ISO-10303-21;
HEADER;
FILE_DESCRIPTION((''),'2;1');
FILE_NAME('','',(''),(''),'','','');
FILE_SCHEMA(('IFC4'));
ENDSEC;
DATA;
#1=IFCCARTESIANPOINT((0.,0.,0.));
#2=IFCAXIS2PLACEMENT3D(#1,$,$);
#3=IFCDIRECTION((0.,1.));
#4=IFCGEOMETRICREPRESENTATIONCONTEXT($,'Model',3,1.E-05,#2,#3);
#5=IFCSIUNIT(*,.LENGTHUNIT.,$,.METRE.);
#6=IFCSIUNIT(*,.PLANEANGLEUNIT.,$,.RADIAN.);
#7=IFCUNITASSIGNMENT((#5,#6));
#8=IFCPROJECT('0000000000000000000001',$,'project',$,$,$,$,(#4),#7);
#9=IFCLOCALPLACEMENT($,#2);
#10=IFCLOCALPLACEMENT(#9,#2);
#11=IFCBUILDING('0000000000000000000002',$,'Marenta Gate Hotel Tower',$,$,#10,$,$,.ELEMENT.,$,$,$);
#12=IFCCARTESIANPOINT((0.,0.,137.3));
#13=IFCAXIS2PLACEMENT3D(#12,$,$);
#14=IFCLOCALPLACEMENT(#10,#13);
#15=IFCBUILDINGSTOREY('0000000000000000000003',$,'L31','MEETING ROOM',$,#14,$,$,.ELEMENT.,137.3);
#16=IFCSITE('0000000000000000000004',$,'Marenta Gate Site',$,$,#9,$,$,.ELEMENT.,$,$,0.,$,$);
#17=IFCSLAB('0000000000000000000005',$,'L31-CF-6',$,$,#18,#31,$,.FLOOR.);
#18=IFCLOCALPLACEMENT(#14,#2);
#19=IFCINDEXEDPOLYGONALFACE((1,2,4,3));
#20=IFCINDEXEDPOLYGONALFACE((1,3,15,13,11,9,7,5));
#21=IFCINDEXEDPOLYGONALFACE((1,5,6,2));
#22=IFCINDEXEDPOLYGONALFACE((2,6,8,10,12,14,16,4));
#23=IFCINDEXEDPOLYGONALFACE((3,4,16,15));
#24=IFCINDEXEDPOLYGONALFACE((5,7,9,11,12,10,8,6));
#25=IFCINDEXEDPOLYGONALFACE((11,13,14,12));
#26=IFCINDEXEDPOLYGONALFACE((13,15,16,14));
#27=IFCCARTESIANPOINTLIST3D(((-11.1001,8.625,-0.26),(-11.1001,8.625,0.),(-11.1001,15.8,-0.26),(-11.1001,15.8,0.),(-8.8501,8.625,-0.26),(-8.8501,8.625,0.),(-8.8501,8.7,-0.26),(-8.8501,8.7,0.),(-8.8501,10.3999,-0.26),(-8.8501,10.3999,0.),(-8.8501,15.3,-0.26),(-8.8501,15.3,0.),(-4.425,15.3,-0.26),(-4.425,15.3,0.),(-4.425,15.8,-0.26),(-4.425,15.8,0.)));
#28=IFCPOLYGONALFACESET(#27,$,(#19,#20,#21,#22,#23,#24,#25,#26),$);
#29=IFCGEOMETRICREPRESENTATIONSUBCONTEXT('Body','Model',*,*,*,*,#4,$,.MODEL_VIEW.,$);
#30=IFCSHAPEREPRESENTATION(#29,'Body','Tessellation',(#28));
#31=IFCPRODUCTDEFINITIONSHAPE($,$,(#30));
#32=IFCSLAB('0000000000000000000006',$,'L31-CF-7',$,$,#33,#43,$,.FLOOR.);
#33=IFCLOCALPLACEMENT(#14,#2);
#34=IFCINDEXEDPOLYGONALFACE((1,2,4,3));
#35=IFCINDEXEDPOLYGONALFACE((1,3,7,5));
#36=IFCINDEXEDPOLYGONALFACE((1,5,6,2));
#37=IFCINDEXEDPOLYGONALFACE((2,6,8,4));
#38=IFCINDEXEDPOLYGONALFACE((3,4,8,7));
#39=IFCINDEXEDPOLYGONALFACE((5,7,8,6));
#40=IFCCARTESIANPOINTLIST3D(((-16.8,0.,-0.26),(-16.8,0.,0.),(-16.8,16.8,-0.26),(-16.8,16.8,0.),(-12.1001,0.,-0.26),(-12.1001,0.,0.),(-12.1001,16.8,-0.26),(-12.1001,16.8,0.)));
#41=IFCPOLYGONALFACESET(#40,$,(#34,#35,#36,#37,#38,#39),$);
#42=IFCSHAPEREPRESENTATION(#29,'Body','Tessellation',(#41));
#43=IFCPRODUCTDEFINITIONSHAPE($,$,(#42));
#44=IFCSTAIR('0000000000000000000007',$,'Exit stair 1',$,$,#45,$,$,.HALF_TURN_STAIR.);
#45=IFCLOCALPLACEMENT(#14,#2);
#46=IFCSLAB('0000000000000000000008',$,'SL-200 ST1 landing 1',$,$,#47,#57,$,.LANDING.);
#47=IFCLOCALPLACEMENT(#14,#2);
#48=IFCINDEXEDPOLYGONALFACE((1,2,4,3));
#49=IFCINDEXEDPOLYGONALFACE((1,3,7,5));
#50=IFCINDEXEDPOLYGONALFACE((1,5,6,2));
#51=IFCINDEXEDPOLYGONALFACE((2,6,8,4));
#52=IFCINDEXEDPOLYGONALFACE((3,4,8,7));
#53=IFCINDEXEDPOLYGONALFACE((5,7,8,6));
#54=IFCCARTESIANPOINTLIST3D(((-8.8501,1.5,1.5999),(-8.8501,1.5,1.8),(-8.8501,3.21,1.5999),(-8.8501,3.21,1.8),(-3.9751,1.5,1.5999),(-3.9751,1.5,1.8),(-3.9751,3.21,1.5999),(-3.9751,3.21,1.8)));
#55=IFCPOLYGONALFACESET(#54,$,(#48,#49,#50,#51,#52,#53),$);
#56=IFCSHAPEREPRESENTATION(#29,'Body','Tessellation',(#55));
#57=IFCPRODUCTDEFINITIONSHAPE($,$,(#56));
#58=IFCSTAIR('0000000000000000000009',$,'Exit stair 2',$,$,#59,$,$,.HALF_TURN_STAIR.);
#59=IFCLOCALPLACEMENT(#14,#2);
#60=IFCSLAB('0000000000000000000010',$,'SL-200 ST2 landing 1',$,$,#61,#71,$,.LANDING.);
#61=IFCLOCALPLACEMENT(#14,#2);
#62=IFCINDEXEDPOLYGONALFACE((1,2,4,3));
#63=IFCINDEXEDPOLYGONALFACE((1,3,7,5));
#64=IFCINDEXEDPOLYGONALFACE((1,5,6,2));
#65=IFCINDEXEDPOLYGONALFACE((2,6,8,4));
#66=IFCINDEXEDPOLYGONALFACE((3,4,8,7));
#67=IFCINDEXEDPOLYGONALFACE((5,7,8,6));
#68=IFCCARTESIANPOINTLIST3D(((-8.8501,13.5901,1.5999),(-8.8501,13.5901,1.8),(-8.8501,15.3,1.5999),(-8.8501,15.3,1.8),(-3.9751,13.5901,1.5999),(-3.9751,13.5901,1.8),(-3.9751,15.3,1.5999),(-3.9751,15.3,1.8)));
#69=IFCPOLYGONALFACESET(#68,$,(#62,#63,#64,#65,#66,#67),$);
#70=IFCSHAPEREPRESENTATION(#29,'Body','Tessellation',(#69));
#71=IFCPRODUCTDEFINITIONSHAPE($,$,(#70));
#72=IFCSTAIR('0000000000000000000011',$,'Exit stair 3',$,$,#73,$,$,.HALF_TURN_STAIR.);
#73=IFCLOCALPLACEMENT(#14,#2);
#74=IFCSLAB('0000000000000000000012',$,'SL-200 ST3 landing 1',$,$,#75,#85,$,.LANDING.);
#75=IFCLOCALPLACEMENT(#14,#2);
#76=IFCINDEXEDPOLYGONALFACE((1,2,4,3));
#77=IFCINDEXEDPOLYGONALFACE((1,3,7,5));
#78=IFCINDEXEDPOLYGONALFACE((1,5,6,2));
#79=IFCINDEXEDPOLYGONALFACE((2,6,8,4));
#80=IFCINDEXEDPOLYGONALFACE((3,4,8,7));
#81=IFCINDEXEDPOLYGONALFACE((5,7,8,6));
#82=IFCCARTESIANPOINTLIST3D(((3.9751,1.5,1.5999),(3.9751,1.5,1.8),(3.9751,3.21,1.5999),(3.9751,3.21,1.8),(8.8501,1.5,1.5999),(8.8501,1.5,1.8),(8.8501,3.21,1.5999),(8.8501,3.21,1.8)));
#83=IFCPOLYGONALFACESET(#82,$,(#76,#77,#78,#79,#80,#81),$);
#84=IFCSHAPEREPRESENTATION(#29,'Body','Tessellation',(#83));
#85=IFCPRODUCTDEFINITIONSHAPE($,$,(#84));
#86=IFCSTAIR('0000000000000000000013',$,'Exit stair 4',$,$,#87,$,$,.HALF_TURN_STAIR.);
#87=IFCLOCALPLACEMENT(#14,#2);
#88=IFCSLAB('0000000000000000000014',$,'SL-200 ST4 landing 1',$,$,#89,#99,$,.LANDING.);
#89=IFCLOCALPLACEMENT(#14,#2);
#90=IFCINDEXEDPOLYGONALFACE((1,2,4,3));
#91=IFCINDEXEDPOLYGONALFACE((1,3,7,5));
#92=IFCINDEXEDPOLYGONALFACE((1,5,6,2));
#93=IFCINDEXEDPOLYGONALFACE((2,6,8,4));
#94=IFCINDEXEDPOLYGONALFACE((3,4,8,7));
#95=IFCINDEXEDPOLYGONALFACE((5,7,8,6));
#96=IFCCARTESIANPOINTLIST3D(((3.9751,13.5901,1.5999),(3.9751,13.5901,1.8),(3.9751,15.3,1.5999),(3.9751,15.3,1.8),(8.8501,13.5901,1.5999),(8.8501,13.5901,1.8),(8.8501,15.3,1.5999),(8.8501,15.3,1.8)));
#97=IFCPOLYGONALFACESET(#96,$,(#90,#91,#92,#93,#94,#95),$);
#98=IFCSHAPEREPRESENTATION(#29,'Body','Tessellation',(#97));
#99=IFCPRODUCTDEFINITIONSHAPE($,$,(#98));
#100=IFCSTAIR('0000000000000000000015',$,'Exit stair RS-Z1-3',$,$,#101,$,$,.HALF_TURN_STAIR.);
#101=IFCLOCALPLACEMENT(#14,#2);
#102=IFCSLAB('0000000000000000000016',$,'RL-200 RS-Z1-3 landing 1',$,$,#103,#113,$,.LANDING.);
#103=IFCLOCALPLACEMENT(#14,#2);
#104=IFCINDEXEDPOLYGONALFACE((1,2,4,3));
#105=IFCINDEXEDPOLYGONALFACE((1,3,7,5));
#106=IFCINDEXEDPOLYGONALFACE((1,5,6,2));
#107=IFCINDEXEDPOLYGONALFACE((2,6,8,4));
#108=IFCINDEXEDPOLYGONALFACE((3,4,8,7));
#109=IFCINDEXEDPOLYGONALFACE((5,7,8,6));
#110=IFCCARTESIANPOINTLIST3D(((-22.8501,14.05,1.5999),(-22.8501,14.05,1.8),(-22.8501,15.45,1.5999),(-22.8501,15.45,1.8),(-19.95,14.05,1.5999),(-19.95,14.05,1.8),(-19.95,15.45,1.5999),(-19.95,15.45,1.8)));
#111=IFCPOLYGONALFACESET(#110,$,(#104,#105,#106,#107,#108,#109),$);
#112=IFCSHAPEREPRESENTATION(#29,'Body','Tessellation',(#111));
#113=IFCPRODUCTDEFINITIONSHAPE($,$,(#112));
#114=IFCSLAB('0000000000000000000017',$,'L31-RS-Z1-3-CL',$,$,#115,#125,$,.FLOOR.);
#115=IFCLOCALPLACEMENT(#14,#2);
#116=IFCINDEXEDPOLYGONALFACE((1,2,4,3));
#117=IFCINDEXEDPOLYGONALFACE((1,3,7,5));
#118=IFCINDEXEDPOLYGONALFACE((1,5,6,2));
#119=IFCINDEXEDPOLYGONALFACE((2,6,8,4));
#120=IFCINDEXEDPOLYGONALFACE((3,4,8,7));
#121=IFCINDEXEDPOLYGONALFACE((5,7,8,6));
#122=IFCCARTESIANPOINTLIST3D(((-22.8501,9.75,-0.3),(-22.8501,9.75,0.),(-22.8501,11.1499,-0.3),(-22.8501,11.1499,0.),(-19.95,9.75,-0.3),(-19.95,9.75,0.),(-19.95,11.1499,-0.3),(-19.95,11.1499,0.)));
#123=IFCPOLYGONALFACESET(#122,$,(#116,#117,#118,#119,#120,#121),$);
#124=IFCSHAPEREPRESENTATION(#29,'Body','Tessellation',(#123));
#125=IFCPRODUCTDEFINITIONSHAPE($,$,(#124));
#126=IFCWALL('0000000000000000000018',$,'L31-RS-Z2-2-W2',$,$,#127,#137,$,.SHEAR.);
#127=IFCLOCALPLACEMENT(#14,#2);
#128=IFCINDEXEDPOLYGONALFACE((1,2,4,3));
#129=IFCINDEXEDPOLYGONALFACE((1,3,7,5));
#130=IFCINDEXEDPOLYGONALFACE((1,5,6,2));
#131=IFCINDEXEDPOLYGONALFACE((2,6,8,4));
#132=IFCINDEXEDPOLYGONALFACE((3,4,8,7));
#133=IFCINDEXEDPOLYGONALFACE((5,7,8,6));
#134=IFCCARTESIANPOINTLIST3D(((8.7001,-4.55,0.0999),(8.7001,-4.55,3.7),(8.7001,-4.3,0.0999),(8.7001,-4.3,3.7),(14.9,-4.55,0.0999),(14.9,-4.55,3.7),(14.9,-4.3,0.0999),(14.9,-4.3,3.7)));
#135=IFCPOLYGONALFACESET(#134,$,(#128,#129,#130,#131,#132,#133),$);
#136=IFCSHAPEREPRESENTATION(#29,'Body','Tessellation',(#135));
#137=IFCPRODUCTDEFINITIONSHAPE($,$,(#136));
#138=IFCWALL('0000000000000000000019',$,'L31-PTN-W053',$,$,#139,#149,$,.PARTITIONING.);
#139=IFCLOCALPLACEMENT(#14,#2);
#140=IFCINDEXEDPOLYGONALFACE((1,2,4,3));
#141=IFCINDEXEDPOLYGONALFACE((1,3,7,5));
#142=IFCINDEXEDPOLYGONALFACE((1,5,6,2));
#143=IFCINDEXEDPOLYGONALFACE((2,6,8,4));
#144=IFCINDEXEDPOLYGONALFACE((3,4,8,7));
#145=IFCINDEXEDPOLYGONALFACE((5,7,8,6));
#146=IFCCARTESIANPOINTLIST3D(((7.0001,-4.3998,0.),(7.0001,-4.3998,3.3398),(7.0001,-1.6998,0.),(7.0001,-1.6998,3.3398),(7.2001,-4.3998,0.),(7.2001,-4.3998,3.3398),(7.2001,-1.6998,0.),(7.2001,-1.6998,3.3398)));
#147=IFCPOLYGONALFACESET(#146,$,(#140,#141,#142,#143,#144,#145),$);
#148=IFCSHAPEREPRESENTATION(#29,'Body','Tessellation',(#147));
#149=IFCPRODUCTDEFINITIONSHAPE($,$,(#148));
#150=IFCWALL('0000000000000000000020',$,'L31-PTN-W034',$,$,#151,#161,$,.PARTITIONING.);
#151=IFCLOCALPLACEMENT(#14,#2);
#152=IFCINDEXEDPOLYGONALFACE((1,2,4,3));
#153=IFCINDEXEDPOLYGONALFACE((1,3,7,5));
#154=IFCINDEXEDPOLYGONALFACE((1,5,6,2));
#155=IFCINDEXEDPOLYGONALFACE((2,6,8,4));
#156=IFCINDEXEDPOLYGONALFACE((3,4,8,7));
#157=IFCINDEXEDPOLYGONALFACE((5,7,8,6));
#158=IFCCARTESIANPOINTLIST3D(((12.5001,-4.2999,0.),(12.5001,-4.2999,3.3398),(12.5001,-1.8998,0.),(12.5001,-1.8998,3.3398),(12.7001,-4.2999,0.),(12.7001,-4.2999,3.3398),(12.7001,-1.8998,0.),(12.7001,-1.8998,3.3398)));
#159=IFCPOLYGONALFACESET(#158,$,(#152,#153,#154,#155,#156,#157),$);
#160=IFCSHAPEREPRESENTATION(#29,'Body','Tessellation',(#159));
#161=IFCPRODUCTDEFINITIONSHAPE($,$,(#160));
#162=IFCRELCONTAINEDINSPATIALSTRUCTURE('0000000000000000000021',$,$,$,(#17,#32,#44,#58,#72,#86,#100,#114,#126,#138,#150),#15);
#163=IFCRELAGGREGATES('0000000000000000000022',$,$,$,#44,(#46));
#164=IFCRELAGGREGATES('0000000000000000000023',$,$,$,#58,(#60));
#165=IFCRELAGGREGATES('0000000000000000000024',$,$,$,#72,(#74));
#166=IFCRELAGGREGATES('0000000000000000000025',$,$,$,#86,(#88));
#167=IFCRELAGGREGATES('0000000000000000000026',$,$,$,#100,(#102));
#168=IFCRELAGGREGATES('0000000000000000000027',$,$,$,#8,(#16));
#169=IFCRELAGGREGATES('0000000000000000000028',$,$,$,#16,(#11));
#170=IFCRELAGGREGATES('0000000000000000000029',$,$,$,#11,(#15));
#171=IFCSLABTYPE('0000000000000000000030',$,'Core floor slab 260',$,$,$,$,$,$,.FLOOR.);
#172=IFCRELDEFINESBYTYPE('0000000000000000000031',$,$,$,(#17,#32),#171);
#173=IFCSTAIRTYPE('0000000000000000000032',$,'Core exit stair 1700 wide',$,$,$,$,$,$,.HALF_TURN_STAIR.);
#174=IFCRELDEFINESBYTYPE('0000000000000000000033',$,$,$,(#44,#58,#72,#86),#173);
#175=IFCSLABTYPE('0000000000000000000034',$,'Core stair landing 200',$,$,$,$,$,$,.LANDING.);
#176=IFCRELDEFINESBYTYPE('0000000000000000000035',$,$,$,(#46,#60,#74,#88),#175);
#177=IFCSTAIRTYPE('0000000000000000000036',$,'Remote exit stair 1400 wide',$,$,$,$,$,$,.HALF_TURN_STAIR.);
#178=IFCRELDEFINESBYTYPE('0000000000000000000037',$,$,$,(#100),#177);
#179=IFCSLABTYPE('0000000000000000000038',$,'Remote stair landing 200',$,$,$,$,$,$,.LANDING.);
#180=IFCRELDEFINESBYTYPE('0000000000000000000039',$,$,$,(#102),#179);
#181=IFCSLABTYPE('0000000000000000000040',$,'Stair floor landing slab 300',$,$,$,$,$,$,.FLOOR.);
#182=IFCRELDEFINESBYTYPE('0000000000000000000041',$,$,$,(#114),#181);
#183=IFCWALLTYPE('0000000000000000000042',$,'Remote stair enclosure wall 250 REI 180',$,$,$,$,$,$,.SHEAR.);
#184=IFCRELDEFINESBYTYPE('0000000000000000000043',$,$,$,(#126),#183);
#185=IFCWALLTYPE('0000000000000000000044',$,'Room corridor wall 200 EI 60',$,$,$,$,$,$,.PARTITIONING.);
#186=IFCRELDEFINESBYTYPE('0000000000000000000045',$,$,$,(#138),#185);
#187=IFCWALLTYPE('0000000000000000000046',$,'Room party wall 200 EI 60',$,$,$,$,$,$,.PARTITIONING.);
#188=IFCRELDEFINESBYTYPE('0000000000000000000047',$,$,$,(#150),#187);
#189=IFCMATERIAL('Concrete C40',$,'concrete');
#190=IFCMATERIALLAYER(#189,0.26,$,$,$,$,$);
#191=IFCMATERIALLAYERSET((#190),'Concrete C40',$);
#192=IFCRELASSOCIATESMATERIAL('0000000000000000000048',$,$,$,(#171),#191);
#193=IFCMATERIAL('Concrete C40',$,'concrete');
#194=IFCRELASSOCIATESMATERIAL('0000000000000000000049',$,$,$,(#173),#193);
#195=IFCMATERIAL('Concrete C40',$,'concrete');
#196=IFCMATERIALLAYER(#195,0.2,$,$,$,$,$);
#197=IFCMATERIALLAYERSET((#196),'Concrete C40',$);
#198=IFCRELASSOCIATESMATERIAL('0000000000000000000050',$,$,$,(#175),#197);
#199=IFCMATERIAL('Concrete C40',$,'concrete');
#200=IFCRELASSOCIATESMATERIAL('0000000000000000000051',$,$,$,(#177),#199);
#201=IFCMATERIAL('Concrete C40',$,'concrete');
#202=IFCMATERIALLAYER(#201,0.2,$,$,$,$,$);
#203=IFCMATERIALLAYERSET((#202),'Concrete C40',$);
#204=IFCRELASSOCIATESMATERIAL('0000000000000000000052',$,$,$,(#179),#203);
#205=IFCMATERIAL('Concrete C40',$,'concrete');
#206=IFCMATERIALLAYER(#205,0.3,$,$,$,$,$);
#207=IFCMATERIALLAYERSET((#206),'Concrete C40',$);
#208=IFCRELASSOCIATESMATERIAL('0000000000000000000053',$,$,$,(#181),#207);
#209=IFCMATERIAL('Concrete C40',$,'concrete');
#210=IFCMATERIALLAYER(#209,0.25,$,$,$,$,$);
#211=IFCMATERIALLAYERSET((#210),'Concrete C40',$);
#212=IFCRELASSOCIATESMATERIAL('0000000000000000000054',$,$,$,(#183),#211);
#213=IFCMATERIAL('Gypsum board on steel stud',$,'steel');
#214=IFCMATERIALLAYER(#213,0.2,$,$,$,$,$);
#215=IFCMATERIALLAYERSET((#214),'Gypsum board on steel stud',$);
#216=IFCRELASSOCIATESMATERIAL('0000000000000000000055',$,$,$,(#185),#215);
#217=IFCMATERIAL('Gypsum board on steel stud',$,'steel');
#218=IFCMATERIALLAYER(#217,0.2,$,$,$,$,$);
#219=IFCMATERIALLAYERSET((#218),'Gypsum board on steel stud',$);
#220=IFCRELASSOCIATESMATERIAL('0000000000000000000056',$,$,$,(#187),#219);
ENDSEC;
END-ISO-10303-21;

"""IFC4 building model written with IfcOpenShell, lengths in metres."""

from ifc_helpers import new_model, si_unit, direction, frame, frame_2d, origin, place, context, subcontext, project, spatial, polyline, rectangle, outline, extrude, material, layer, layer_set, type_object, element, aggregate, save


model = new_model("IFC4")

# Units and contexts
model_context = context("Model", 3, precision=1e-05, world=origin(), true_north=direction((0.0, 1.0)))
body_context = subcontext(model_context, "Body", "Model", "MODEL_VIEW")
ifc_project = project(units=[si_unit("LENGTHUNIT", "METRE"), si_unit("PLANEANGLEUNIT", "RADIAN")], contexts=[model_context])

# Site, building, storey
site_placement = place(None, origin())
site = spatial("IfcSite", under=ifc_project, at=site_placement, Name="Marenta Gate Site", CompositionType="ELEMENT", RefElevation=0.0)
building_placement = place(site_placement, origin())
building = spatial("IfcBuilding", under=site, at=building_placement, Name="Marenta Gate Hotel Tower", CompositionType="ELEMENT")
storey_placement = place(building_placement, frame((0.0, 0.0, 137.3)))
storey = spatial("IfcBuildingStorey", under=building, at=storey_placement, Name="L31", Description="MEETING ROOM", CompositionType="ELEMENT", Elevation=137.3)

# Slabs
ifc_material_1 = material(Name="Concrete C40", Category="concrete")
ifc_layer_1 = layer(ifc_material_1, 0.26)
ifc_layer_set_1 = layer_set([ifc_layer_1], Name="Concrete C40")
slab_type_1 = type_object("IfcSlabType", Name="Core floor slab 260", PredefinedType="FLOOR", material=ifc_layer_set_1)
slab_1_placement = place(storey_placement, frame((0.0, 0.0, -0.26)))
element("IfcSlab", 1, at=slab_1_placement, inside=storey, type_object=slab_type_1, Name="L31-CF-6", PredefinedType="FLOOR", context=body_context, shape_type="SweptSolid", body=[
    extrude(outline(polyline([(-4.425, 15.3), (-8.8501, 15.3), (-8.8501, 10.3999), (-8.8501, 8.7), (-8.8501, 8.625), (-11.1001, 8.625), (-11.1001, 15.8), (-4.425, 15.8), (-4.425, 15.3)])), origin(), (0.0, 0.0, 1.0), 0.26),
])
slab_2_placement = place(storey_placement, frame((0.0, 0.0, -0.26)))
element("IfcSlab", 2, at=slab_2_placement, inside=storey, type_object=slab_type_1, Name="L31-CF-7", PredefinedType="FLOOR", context=body_context, shape_type="SweptSolid", body=[
    extrude(outline(polyline([(-12.1001, 16.8), (-12.1001, 0.0), (-16.8, 0.0), (-16.8, 16.8), (-12.1001, 16.8)])), origin(), (0.0, 0.0, 1.0), 0.26),
])

# Stairs, slabs
ifc_material_2 = material(Name="Concrete C40", Category="concrete")
stair_type_1 = type_object("IfcStairType", Name="Core exit stair 1700 wide", PredefinedType="HALF_TURN_STAIR", material=ifc_material_2)
stair_1_placement = place(storey_placement, origin())
stair_1 = element("IfcStair", 3, at=stair_1_placement, inside=storey, type_object=stair_type_1, Name="Exit stair 1", PredefinedType="HALF_TURN_STAIR")
ifc_material_3 = material(Name="Concrete C40", Category="concrete")
ifc_layer_2 = layer(ifc_material_3, 0.2)
ifc_layer_set_2 = layer_set([ifc_layer_2], Name="Concrete C40")
slab_type_2 = type_object("IfcSlabType", Name="Core stair landing 200", PredefinedType="LANDING", material=ifc_layer_set_2)
slab_3_placement = place(storey_placement, frame((0.0, 0.0, 1.5999)))
slab_3 = element("IfcSlab", 4, at=slab_3_placement, type_object=slab_type_2, Name="SL-200 ST1 landing 1", PredefinedType="LANDING", context=body_context, shape_type="SweptSolid", body=[
    extrude(outline(polyline([(-8.8501, 1.5), (-3.9751, 1.5), (-3.9751, 3.21), (-8.8501, 3.21), (-8.8501, 1.5)])), origin(), (0.0, 0.0, 1.0), 0.2002),
])
aggregate(stair_1, [slab_3])
stair_2_placement = place(storey_placement, origin())
stair_2 = element("IfcStair", 5, at=stair_2_placement, inside=storey, type_object=stair_type_1, Name="Exit stair 2", PredefinedType="HALF_TURN_STAIR")
slab_4_placement = place(storey_placement, frame((0.0, 0.0, 1.5999)))
slab_4 = element("IfcSlab", 6, at=slab_4_placement, type_object=slab_type_2, Name="SL-200 ST2 landing 1", PredefinedType="LANDING", context=body_context, shape_type="SweptSolid", body=[
    extrude(outline(polyline([(-8.8501, 13.5901), (-3.9751, 13.5901), (-3.9751, 15.3), (-8.8501, 15.3), (-8.8501, 13.5901)])), origin(), (0.0, 0.0, 1.0), 0.2002),
])
aggregate(stair_2, [slab_4])
stair_3_placement = place(storey_placement, origin())
stair_3 = element("IfcStair", 7, at=stair_3_placement, inside=storey, type_object=stair_type_1, Name="Exit stair 3", PredefinedType="HALF_TURN_STAIR")
slab_5_placement = place(storey_placement, frame((0.0, 0.0, 1.5999)))
slab_5 = element("IfcSlab", 8, at=slab_5_placement, type_object=slab_type_2, Name="SL-200 ST3 landing 1", PredefinedType="LANDING", context=body_context, shape_type="SweptSolid", body=[
    extrude(outline(polyline([(3.9751, 1.5), (8.8501, 1.5), (8.8501, 3.21), (3.9751, 3.21), (3.9751, 1.5)])), origin(), (0.0, 0.0, 1.0), 0.2002),
])
aggregate(stair_3, [slab_5])
stair_4_placement = place(storey_placement, origin())
stair_4 = element("IfcStair", 9, at=stair_4_placement, inside=storey, type_object=stair_type_1, Name="Exit stair 4", PredefinedType="HALF_TURN_STAIR")
slab_6_placement = place(storey_placement, frame((0.0, 0.0, 1.5999)))
slab_6 = element("IfcSlab", 10, at=slab_6_placement, type_object=slab_type_2, Name="SL-200 ST4 landing 1", PredefinedType="LANDING", context=body_context, shape_type="SweptSolid", body=[
    extrude(outline(polyline([(3.9751, 13.5901), (8.8501, 13.5901), (8.8501, 15.3), (3.9751, 15.3), (3.9751, 13.5901)])), origin(), (0.0, 0.0, 1.0), 0.2002),
])
aggregate(stair_4, [slab_6])
ifc_material_4 = material(Name="Concrete C40", Category="concrete")
stair_type_2 = type_object("IfcStairType", Name="Remote exit stair 1400 wide", PredefinedType="HALF_TURN_STAIR", material=ifc_material_4)
stair_5_placement = place(storey_placement, origin())
stair_5 = element("IfcStair", 11, at=stair_5_placement, inside=storey, type_object=stair_type_2, Name="Exit stair RS-Z1-3", PredefinedType="HALF_TURN_STAIR")
ifc_material_5 = material(Name="Concrete C40", Category="concrete")
ifc_layer_3 = layer(ifc_material_5, 0.2)
ifc_layer_set_3 = layer_set([ifc_layer_3], Name="Concrete C40")
slab_type_3 = type_object("IfcSlabType", Name="Remote stair landing 200", PredefinedType="LANDING", material=ifc_layer_set_3)
slab_7_placement = place(storey_placement, frame((0.0, 0.0, 1.5999)))
slab_7 = element("IfcSlab", 12, at=slab_7_placement, type_object=slab_type_3, Name="RL-200 RS-Z1-3 landing 1", PredefinedType="LANDING", context=body_context, shape_type="SweptSolid", body=[
    extrude(outline(polyline([(-22.8501, 14.05), (-19.95, 14.05), (-19.95, 15.45), (-22.8501, 15.45), (-22.8501, 14.05)])), origin(), (0.0, 0.0, 1.0), 0.2002),
])
aggregate(stair_5, [slab_7])

# Slab
ifc_material_6 = material(Name="Concrete C40", Category="concrete")
ifc_layer_4 = layer(ifc_material_6, 0.3)
ifc_layer_set_4 = layer_set([ifc_layer_4], Name="Concrete C40")
slab_type_4 = type_object("IfcSlabType", Name="Stair floor landing slab 300", PredefinedType="FLOOR", material=ifc_layer_set_4)
slab_8_placement = place(storey_placement, frame((0.0, 0.0, -0.3)))
element("IfcSlab", 13, at=slab_8_placement, inside=storey, type_object=slab_type_4, Name="L31-RS-Z1-3-CL", PredefinedType="FLOOR", context=body_context, shape_type="SweptSolid", body=[
    extrude(outline(polyline([(-19.95, 9.75), (-19.95, 11.1499), (-22.8501, 11.1499), (-22.8501, 9.75), (-19.95, 9.75)])), origin(), (0.0, 0.0, 1.0), 0.3),
])

# Wall
ifc_material_7 = material(Name="Concrete C40", Category="concrete")
ifc_layer_5 = layer(ifc_material_7, 0.25)
ifc_layer_set_5 = layer_set([ifc_layer_5], Name="Concrete C40")
wall_type_1 = type_object("IfcWallType", Name="Remote stair enclosure wall 250 REI 180", PredefinedType="SHEAR", material=ifc_layer_set_5)
wall_1_placement = place(storey_placement, frame((8.7, -4.425, 0.0999), z_axis=(0.0, 0.0, 1.0), x_axis=(1.0, 0.0, 0.0)))
element("IfcWall", 14, at=wall_1_placement, inside=storey, type_object=wall_type_1, Name="L31-RS-Z2-2-W2", PredefinedType="SHEAR", context=body_context, shape_type="SweptSolid", body=[
    extrude(rectangle(XDim=6.2, YDim=0.25, at=frame_2d((3.1001, 0.0))), origin(), (0.0, 0.0, 1.0), 3.6001),
])

# Shared definitions
ifc_material_8 = material(Name="Gypsum board on steel stud", Category="steel")
ifc_layer_6 = layer(ifc_material_8, 0.2)
ifc_layer_set_6 = layer_set([ifc_layer_6], Name="Gypsum board on steel stud")
wall_type_2 = type_object("IfcWallType", Name="Room corridor wall 200 EI 60", PredefinedType="PARTITIONING", material=ifc_layer_set_6)

# Wall
wall_2_placement = place(storey_placement, frame((7.1001, -4.3999, 0.0), z_axis=(0.0, 0.0, 1.0), x_axis=(0.0, 1.0, 0.0)))
element("IfcWall", 15, at=wall_2_placement, inside=storey, type_object=wall_type_2, Name="L31-PTN-W053", PredefinedType="PARTITIONING", context=body_context, shape_type="SweptSolid", body=[
    extrude(rectangle(XDim=2.7, YDim=0.2, at=frame_2d((1.3501, 0.0))), origin(), (0.0, 0.0, 1.0), 3.3398),
])

# Wall
ifc_material_9 = material(Name="Gypsum board on steel stud", Category="steel")
ifc_layer_7 = layer(ifc_material_9, 0.2)
ifc_layer_set_7 = layer_set([ifc_layer_7], Name="Gypsum board on steel stud")
wall_type_3 = type_object("IfcWallType", Name="Room party wall 200 EI 60", PredefinedType="PARTITIONING", material=ifc_layer_set_7)
wall_3_placement = place(storey_placement, frame((12.6001, -4.3, 0.0), z_axis=(0.0, 0.0, 1.0), x_axis=(0.0, 1.0, 0.0)))
element("IfcWall", 16, at=wall_3_placement, inside=storey, type_object=wall_type_3, Name="L31-PTN-W034", PredefinedType="PARTITIONING", context=body_context, shape_type="SweptSolid", body=[
    extrude(rectangle(XDim=2.4001, YDim=0.2, at=frame_2d((1.2002, 0.0))), origin(), (0.0, 0.0, 1.0), 3.3398),
])

save(model, "model.ifc")
